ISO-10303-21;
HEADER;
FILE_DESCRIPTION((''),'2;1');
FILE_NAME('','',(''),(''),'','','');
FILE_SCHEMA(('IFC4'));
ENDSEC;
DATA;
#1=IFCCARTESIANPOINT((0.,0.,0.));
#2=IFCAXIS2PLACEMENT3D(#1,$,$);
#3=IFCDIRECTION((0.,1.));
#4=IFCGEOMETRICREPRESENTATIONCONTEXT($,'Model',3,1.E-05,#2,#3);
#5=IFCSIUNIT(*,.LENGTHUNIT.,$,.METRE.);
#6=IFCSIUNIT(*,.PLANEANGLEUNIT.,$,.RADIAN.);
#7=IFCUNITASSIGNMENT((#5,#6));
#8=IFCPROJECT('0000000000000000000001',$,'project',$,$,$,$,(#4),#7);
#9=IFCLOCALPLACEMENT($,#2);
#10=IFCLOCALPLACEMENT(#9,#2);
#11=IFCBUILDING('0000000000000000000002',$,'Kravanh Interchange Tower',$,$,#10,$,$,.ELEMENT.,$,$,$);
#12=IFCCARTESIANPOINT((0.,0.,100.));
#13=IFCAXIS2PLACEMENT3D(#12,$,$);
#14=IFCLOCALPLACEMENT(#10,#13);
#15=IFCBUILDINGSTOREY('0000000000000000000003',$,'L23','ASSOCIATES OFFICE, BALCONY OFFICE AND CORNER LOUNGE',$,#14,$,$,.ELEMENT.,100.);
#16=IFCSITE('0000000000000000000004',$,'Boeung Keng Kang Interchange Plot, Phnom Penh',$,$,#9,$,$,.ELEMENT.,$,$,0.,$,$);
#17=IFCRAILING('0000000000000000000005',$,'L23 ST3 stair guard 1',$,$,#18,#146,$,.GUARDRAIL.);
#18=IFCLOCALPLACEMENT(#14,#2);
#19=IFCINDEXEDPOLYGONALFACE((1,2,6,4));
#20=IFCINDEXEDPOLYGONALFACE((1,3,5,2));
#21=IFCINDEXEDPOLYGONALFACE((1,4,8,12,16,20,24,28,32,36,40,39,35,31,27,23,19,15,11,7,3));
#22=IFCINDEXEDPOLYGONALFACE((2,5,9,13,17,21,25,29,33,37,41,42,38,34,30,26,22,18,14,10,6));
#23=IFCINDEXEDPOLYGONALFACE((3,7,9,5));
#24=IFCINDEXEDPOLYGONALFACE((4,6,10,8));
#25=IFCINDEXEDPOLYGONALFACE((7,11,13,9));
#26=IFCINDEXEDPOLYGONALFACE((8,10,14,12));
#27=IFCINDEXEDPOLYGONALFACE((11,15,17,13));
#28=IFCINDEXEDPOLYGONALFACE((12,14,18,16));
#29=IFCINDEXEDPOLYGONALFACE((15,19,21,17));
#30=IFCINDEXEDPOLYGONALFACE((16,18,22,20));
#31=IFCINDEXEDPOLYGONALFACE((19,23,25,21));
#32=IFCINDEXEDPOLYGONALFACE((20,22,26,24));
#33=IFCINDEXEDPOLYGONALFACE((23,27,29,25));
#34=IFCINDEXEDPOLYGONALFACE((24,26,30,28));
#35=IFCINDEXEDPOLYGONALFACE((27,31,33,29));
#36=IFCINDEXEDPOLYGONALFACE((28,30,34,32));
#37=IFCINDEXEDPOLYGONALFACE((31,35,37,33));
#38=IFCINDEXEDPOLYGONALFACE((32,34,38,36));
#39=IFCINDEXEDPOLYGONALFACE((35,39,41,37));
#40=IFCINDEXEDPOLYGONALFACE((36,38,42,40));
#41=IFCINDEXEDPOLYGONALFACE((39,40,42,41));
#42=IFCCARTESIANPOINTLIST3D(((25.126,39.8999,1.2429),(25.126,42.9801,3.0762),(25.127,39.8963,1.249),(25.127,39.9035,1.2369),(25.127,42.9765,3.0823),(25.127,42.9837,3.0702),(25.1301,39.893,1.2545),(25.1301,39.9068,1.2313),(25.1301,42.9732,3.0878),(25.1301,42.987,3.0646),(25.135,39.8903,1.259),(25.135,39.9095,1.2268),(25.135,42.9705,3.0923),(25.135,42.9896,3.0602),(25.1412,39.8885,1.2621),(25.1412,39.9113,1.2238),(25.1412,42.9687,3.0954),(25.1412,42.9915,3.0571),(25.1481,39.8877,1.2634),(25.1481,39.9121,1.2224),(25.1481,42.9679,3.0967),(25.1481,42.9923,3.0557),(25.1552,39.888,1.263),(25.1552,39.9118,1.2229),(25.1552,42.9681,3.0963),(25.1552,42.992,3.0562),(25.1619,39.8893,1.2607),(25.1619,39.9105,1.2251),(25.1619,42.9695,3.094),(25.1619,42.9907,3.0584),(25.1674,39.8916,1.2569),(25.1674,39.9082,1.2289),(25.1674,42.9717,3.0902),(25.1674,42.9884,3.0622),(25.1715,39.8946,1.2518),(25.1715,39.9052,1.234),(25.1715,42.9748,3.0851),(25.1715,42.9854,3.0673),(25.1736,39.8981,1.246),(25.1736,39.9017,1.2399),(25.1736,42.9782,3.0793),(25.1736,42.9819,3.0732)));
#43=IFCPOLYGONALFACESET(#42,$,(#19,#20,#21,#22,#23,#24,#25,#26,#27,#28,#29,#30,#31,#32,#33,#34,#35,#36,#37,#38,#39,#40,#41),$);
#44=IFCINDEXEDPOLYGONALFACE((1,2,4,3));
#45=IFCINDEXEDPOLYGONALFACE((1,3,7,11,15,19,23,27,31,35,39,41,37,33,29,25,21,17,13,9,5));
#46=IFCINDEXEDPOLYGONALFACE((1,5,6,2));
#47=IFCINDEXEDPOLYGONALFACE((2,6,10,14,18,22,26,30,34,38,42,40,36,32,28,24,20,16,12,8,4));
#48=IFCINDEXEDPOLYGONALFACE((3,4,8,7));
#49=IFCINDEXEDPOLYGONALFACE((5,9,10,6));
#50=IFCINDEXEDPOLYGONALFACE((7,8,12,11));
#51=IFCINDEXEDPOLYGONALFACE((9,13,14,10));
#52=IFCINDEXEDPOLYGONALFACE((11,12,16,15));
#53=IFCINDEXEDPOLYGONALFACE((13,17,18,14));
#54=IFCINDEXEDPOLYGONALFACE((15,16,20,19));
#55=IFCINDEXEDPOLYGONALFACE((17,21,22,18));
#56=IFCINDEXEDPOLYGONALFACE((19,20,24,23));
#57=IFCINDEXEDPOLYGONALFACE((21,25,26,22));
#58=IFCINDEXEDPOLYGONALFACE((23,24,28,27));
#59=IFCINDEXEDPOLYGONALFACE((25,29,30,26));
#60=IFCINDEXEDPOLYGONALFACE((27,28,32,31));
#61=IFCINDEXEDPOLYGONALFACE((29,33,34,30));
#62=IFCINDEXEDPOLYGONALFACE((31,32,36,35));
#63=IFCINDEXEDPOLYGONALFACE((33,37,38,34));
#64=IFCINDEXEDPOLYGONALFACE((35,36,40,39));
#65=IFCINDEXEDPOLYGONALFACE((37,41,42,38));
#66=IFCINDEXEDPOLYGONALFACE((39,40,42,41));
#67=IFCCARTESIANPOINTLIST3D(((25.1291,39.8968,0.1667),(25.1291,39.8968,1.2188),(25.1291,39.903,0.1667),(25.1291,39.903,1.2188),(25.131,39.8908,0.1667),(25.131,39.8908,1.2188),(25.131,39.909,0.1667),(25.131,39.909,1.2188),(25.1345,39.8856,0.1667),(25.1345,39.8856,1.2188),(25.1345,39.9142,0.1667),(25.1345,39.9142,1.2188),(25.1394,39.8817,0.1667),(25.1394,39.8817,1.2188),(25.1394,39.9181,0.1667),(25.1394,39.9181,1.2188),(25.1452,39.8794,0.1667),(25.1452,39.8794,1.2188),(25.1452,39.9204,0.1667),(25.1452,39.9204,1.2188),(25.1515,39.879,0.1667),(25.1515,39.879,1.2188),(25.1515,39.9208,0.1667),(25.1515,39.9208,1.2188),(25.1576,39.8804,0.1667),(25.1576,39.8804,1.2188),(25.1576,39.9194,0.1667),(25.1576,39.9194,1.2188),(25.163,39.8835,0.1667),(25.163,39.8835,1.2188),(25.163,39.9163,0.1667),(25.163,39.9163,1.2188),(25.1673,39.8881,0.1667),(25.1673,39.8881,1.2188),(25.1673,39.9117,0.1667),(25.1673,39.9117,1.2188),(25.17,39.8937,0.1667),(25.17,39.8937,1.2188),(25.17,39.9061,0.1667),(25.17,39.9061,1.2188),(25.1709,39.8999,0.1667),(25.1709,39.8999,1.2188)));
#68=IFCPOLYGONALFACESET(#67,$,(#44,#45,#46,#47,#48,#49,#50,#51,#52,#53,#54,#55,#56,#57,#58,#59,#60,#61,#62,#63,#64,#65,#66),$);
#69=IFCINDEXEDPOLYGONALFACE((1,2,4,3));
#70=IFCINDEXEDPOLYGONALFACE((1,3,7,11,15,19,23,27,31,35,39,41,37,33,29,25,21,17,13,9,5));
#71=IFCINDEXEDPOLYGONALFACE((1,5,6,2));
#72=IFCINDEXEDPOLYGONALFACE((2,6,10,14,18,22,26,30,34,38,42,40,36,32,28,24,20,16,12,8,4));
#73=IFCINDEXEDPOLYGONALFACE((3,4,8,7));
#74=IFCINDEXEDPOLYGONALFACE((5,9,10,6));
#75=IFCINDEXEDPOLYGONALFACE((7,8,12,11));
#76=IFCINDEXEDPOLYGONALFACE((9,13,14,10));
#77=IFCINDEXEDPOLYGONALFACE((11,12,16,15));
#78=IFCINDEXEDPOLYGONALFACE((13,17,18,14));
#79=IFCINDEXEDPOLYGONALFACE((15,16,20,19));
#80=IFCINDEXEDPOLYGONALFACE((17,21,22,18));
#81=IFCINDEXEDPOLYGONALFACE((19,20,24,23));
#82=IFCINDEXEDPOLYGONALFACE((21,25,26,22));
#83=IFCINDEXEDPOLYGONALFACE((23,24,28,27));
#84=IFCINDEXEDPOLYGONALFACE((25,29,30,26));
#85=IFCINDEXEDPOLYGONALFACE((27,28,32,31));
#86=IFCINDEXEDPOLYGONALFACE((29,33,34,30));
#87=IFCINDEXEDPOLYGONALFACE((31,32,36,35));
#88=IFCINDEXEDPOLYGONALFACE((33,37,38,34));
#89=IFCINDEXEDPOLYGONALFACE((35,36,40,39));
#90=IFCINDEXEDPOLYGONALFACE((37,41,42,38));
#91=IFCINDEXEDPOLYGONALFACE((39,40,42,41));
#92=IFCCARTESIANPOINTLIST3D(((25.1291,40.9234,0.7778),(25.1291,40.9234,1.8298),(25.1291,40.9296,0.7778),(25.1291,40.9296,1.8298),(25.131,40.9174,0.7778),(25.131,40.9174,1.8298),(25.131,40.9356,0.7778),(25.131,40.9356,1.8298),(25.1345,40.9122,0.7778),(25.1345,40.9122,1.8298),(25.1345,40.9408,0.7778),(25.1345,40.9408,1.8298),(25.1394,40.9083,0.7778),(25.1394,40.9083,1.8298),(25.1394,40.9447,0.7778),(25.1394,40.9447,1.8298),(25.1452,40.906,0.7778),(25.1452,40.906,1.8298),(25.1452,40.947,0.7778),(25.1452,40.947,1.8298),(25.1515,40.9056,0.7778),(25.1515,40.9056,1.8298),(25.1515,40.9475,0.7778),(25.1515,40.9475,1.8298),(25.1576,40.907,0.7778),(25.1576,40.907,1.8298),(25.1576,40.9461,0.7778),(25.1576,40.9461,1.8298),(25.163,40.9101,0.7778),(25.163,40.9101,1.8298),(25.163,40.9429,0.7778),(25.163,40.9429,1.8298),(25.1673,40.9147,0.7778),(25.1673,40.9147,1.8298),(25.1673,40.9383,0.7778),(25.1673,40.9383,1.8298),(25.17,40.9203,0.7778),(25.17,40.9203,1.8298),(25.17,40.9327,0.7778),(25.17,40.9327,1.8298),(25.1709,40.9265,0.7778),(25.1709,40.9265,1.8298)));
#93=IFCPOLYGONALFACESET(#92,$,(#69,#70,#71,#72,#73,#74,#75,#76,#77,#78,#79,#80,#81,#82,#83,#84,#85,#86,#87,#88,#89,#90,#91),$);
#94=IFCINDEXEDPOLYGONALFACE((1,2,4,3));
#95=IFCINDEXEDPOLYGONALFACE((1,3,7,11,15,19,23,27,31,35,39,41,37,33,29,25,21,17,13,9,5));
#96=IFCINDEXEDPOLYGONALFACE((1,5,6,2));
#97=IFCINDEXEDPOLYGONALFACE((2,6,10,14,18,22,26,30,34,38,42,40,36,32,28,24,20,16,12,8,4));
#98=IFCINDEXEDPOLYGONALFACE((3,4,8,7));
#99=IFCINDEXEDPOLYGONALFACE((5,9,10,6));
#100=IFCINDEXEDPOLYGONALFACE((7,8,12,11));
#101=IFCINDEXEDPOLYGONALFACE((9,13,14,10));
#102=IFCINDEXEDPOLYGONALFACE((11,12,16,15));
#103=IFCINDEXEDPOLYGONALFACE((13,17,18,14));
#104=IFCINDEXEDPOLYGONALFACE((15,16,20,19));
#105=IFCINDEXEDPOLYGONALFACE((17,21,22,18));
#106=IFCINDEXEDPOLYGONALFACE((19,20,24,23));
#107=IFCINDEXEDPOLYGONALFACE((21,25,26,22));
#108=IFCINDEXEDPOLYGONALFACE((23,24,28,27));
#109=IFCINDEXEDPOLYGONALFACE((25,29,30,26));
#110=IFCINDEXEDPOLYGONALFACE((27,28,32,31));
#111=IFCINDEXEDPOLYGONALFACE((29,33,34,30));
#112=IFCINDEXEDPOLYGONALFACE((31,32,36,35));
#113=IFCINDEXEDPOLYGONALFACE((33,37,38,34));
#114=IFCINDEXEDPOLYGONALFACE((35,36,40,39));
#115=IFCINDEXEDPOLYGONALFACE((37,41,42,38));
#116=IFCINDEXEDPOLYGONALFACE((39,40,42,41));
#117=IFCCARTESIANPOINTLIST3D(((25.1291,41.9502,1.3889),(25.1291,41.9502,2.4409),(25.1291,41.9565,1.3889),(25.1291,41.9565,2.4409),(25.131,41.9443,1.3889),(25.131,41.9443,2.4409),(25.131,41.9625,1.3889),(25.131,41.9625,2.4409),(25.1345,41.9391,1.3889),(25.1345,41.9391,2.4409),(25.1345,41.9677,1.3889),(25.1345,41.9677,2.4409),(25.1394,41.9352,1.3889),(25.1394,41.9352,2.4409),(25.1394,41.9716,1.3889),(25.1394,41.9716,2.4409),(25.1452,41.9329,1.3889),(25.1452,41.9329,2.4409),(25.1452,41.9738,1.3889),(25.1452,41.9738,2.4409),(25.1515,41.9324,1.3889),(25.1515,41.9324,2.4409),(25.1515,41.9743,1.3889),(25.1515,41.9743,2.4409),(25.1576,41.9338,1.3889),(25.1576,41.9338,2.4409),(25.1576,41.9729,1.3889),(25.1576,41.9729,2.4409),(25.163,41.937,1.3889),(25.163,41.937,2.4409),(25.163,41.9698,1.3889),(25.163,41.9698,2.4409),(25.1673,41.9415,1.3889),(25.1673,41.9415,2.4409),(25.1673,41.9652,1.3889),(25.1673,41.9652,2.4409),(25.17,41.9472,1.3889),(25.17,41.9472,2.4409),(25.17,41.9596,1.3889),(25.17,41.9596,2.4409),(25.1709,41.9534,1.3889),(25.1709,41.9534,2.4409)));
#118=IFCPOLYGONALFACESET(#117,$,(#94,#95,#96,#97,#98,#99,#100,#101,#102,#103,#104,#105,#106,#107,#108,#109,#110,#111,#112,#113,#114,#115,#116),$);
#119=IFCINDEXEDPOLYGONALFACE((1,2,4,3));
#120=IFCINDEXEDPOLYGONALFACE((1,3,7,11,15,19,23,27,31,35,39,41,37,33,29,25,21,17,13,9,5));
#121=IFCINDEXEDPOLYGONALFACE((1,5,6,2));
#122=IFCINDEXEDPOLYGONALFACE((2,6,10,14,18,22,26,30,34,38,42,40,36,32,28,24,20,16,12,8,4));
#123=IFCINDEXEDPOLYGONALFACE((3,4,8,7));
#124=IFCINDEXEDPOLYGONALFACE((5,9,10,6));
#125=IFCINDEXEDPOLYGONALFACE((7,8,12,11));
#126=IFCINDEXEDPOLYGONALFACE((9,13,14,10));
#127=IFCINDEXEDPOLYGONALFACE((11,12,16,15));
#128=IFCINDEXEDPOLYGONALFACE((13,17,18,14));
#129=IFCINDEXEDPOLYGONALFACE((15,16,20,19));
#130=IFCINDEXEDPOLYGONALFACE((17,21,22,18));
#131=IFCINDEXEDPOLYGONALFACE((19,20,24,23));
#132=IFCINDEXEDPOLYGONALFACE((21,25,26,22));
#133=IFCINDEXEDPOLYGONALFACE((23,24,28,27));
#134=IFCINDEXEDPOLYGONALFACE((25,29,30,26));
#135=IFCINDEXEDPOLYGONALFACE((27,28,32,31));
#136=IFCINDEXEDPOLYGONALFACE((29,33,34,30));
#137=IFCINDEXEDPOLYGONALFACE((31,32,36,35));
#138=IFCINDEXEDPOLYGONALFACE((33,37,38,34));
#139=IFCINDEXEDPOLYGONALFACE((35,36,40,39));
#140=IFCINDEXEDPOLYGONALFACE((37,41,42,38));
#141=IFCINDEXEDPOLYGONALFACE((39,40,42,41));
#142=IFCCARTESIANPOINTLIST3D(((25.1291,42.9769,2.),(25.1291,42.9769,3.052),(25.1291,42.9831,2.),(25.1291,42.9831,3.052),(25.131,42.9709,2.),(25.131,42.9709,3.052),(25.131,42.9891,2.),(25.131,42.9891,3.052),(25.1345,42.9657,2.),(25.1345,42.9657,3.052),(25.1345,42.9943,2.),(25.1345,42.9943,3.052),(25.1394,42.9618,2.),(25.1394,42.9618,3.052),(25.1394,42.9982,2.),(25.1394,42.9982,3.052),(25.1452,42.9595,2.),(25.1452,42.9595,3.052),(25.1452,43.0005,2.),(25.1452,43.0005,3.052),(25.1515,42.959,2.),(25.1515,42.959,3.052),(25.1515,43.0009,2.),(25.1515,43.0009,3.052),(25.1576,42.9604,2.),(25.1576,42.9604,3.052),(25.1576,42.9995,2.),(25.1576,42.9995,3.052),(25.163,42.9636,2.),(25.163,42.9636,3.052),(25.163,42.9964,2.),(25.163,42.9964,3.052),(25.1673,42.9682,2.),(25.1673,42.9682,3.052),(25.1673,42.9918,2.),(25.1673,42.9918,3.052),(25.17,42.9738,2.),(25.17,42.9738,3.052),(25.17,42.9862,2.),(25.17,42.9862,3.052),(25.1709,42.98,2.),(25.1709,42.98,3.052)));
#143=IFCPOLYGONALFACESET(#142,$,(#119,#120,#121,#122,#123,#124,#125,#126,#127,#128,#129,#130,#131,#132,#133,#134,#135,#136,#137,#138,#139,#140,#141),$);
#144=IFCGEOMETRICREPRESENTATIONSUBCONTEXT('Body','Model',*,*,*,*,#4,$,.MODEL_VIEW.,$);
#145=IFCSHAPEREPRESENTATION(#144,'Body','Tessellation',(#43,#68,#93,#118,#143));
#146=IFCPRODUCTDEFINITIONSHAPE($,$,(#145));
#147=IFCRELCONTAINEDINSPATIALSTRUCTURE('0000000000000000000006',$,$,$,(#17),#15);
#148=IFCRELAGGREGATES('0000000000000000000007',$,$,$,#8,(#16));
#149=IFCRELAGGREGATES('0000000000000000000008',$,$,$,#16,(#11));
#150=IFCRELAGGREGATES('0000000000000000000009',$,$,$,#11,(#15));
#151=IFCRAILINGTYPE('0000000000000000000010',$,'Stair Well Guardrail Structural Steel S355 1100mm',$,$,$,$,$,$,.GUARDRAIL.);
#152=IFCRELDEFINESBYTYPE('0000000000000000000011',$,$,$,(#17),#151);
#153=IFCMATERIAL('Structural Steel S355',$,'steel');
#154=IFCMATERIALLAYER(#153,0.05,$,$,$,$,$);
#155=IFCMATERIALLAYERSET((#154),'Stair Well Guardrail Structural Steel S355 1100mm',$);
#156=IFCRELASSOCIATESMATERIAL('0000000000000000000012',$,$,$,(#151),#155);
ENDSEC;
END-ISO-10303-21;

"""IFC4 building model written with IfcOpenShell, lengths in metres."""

from ifc_helpers import new_model, si_unit, direction, frame, origin, origin_2d, place, context, subcontext, project, spatial, circle, extrude, material, layer, layer_set, type_object, element, save


model = new_model("IFC4")

# Units and contexts
model_context = context("Model", 3, precision=1e-05, world=origin(), true_north=direction((0.0, 1.0)))
body_context = subcontext(model_context, "Body", "Model", "MODEL_VIEW")
ifc_project = project(units=[si_unit("LENGTHUNIT", "METRE"), si_unit("PLANEANGLEUNIT", "RADIAN")], contexts=[model_context])

# Site, building, storey
site_placement = place(None, origin())
site = spatial("IfcSite", under=ifc_project, at=site_placement, Name="Boeung Keng Kang Interchange Plot, Phnom Penh", CompositionType="ELEMENT", RefElevation=0.0)
building_placement = place(site_placement, origin())
building = spatial("IfcBuilding", under=site, at=building_placement, Name="Kravanh Interchange Tower", CompositionType="ELEMENT")
storey_placement = place(building_placement, frame((0.0, 0.0, 100.0)))
storey = spatial("IfcBuildingStorey", under=building, at=storey_placement, Name="L23", Description="ASSOCIATES OFFICE, BALCONY OFFICE AND CORNER LOUNGE", CompositionType="ELEMENT", Elevation=100.0)

# Railing
ifc_material_1 = material(Name="Structural Steel S355", Category="steel")
ifc_layer_1 = layer(ifc_material_1, 0.05)
ifc_layer_set_1 = layer_set([ifc_layer_1], Name="Stair Well Guardrail Structural Steel S355 1100mm")
railing_type_1 = type_object("IfcRailingType", Name="Stair Well Guardrail Structural Steel S355 1100mm", PredefinedType="GUARDRAIL", material=ifc_layer_set_1)
railing_1_placement = place(storey_placement, frame((25.1499, 39.8999, 0.1667)))
element("IfcRailing", 1, at=railing_1_placement, inside=storey, type_object=railing_type_1, Name="L23 ST3 stair guard 1", PredefinedType="GUARDRAIL", context=body_context, shape_type="SweptSolid", body=[
    extrude(circle(Radius=0.0239, at=origin_2d()), frame((0.0, 0.0, 1.0762), z_axis=(0.0, 0.859309, 0.511458), x_axis=(-1.0, 0.0, 0.0)), (0.0, 0.0, 1.0), 3.5845),
    extrude(circle(Radius=0.021, at=origin_2d()), origin(), (0.0, 0.0, 1.0), 1.052),
    extrude(circle(Radius=0.021, at=origin_2d()), frame((0.0, 1.0266, 0.6111)), (0.0, 0.0, 1.0), 1.052),
    extrude(circle(Radius=0.021, at=origin_2d()), frame((0.0, 2.0535, 1.2222)), (0.0, 0.0, 1.0), 1.052),
    extrude(circle(Radius=0.021, at=origin_2d()), frame((0.0, 3.0801, 1.8333)), (0.0, 0.0, 1.0), 1.052),
])

save(model, "model.ifc")
